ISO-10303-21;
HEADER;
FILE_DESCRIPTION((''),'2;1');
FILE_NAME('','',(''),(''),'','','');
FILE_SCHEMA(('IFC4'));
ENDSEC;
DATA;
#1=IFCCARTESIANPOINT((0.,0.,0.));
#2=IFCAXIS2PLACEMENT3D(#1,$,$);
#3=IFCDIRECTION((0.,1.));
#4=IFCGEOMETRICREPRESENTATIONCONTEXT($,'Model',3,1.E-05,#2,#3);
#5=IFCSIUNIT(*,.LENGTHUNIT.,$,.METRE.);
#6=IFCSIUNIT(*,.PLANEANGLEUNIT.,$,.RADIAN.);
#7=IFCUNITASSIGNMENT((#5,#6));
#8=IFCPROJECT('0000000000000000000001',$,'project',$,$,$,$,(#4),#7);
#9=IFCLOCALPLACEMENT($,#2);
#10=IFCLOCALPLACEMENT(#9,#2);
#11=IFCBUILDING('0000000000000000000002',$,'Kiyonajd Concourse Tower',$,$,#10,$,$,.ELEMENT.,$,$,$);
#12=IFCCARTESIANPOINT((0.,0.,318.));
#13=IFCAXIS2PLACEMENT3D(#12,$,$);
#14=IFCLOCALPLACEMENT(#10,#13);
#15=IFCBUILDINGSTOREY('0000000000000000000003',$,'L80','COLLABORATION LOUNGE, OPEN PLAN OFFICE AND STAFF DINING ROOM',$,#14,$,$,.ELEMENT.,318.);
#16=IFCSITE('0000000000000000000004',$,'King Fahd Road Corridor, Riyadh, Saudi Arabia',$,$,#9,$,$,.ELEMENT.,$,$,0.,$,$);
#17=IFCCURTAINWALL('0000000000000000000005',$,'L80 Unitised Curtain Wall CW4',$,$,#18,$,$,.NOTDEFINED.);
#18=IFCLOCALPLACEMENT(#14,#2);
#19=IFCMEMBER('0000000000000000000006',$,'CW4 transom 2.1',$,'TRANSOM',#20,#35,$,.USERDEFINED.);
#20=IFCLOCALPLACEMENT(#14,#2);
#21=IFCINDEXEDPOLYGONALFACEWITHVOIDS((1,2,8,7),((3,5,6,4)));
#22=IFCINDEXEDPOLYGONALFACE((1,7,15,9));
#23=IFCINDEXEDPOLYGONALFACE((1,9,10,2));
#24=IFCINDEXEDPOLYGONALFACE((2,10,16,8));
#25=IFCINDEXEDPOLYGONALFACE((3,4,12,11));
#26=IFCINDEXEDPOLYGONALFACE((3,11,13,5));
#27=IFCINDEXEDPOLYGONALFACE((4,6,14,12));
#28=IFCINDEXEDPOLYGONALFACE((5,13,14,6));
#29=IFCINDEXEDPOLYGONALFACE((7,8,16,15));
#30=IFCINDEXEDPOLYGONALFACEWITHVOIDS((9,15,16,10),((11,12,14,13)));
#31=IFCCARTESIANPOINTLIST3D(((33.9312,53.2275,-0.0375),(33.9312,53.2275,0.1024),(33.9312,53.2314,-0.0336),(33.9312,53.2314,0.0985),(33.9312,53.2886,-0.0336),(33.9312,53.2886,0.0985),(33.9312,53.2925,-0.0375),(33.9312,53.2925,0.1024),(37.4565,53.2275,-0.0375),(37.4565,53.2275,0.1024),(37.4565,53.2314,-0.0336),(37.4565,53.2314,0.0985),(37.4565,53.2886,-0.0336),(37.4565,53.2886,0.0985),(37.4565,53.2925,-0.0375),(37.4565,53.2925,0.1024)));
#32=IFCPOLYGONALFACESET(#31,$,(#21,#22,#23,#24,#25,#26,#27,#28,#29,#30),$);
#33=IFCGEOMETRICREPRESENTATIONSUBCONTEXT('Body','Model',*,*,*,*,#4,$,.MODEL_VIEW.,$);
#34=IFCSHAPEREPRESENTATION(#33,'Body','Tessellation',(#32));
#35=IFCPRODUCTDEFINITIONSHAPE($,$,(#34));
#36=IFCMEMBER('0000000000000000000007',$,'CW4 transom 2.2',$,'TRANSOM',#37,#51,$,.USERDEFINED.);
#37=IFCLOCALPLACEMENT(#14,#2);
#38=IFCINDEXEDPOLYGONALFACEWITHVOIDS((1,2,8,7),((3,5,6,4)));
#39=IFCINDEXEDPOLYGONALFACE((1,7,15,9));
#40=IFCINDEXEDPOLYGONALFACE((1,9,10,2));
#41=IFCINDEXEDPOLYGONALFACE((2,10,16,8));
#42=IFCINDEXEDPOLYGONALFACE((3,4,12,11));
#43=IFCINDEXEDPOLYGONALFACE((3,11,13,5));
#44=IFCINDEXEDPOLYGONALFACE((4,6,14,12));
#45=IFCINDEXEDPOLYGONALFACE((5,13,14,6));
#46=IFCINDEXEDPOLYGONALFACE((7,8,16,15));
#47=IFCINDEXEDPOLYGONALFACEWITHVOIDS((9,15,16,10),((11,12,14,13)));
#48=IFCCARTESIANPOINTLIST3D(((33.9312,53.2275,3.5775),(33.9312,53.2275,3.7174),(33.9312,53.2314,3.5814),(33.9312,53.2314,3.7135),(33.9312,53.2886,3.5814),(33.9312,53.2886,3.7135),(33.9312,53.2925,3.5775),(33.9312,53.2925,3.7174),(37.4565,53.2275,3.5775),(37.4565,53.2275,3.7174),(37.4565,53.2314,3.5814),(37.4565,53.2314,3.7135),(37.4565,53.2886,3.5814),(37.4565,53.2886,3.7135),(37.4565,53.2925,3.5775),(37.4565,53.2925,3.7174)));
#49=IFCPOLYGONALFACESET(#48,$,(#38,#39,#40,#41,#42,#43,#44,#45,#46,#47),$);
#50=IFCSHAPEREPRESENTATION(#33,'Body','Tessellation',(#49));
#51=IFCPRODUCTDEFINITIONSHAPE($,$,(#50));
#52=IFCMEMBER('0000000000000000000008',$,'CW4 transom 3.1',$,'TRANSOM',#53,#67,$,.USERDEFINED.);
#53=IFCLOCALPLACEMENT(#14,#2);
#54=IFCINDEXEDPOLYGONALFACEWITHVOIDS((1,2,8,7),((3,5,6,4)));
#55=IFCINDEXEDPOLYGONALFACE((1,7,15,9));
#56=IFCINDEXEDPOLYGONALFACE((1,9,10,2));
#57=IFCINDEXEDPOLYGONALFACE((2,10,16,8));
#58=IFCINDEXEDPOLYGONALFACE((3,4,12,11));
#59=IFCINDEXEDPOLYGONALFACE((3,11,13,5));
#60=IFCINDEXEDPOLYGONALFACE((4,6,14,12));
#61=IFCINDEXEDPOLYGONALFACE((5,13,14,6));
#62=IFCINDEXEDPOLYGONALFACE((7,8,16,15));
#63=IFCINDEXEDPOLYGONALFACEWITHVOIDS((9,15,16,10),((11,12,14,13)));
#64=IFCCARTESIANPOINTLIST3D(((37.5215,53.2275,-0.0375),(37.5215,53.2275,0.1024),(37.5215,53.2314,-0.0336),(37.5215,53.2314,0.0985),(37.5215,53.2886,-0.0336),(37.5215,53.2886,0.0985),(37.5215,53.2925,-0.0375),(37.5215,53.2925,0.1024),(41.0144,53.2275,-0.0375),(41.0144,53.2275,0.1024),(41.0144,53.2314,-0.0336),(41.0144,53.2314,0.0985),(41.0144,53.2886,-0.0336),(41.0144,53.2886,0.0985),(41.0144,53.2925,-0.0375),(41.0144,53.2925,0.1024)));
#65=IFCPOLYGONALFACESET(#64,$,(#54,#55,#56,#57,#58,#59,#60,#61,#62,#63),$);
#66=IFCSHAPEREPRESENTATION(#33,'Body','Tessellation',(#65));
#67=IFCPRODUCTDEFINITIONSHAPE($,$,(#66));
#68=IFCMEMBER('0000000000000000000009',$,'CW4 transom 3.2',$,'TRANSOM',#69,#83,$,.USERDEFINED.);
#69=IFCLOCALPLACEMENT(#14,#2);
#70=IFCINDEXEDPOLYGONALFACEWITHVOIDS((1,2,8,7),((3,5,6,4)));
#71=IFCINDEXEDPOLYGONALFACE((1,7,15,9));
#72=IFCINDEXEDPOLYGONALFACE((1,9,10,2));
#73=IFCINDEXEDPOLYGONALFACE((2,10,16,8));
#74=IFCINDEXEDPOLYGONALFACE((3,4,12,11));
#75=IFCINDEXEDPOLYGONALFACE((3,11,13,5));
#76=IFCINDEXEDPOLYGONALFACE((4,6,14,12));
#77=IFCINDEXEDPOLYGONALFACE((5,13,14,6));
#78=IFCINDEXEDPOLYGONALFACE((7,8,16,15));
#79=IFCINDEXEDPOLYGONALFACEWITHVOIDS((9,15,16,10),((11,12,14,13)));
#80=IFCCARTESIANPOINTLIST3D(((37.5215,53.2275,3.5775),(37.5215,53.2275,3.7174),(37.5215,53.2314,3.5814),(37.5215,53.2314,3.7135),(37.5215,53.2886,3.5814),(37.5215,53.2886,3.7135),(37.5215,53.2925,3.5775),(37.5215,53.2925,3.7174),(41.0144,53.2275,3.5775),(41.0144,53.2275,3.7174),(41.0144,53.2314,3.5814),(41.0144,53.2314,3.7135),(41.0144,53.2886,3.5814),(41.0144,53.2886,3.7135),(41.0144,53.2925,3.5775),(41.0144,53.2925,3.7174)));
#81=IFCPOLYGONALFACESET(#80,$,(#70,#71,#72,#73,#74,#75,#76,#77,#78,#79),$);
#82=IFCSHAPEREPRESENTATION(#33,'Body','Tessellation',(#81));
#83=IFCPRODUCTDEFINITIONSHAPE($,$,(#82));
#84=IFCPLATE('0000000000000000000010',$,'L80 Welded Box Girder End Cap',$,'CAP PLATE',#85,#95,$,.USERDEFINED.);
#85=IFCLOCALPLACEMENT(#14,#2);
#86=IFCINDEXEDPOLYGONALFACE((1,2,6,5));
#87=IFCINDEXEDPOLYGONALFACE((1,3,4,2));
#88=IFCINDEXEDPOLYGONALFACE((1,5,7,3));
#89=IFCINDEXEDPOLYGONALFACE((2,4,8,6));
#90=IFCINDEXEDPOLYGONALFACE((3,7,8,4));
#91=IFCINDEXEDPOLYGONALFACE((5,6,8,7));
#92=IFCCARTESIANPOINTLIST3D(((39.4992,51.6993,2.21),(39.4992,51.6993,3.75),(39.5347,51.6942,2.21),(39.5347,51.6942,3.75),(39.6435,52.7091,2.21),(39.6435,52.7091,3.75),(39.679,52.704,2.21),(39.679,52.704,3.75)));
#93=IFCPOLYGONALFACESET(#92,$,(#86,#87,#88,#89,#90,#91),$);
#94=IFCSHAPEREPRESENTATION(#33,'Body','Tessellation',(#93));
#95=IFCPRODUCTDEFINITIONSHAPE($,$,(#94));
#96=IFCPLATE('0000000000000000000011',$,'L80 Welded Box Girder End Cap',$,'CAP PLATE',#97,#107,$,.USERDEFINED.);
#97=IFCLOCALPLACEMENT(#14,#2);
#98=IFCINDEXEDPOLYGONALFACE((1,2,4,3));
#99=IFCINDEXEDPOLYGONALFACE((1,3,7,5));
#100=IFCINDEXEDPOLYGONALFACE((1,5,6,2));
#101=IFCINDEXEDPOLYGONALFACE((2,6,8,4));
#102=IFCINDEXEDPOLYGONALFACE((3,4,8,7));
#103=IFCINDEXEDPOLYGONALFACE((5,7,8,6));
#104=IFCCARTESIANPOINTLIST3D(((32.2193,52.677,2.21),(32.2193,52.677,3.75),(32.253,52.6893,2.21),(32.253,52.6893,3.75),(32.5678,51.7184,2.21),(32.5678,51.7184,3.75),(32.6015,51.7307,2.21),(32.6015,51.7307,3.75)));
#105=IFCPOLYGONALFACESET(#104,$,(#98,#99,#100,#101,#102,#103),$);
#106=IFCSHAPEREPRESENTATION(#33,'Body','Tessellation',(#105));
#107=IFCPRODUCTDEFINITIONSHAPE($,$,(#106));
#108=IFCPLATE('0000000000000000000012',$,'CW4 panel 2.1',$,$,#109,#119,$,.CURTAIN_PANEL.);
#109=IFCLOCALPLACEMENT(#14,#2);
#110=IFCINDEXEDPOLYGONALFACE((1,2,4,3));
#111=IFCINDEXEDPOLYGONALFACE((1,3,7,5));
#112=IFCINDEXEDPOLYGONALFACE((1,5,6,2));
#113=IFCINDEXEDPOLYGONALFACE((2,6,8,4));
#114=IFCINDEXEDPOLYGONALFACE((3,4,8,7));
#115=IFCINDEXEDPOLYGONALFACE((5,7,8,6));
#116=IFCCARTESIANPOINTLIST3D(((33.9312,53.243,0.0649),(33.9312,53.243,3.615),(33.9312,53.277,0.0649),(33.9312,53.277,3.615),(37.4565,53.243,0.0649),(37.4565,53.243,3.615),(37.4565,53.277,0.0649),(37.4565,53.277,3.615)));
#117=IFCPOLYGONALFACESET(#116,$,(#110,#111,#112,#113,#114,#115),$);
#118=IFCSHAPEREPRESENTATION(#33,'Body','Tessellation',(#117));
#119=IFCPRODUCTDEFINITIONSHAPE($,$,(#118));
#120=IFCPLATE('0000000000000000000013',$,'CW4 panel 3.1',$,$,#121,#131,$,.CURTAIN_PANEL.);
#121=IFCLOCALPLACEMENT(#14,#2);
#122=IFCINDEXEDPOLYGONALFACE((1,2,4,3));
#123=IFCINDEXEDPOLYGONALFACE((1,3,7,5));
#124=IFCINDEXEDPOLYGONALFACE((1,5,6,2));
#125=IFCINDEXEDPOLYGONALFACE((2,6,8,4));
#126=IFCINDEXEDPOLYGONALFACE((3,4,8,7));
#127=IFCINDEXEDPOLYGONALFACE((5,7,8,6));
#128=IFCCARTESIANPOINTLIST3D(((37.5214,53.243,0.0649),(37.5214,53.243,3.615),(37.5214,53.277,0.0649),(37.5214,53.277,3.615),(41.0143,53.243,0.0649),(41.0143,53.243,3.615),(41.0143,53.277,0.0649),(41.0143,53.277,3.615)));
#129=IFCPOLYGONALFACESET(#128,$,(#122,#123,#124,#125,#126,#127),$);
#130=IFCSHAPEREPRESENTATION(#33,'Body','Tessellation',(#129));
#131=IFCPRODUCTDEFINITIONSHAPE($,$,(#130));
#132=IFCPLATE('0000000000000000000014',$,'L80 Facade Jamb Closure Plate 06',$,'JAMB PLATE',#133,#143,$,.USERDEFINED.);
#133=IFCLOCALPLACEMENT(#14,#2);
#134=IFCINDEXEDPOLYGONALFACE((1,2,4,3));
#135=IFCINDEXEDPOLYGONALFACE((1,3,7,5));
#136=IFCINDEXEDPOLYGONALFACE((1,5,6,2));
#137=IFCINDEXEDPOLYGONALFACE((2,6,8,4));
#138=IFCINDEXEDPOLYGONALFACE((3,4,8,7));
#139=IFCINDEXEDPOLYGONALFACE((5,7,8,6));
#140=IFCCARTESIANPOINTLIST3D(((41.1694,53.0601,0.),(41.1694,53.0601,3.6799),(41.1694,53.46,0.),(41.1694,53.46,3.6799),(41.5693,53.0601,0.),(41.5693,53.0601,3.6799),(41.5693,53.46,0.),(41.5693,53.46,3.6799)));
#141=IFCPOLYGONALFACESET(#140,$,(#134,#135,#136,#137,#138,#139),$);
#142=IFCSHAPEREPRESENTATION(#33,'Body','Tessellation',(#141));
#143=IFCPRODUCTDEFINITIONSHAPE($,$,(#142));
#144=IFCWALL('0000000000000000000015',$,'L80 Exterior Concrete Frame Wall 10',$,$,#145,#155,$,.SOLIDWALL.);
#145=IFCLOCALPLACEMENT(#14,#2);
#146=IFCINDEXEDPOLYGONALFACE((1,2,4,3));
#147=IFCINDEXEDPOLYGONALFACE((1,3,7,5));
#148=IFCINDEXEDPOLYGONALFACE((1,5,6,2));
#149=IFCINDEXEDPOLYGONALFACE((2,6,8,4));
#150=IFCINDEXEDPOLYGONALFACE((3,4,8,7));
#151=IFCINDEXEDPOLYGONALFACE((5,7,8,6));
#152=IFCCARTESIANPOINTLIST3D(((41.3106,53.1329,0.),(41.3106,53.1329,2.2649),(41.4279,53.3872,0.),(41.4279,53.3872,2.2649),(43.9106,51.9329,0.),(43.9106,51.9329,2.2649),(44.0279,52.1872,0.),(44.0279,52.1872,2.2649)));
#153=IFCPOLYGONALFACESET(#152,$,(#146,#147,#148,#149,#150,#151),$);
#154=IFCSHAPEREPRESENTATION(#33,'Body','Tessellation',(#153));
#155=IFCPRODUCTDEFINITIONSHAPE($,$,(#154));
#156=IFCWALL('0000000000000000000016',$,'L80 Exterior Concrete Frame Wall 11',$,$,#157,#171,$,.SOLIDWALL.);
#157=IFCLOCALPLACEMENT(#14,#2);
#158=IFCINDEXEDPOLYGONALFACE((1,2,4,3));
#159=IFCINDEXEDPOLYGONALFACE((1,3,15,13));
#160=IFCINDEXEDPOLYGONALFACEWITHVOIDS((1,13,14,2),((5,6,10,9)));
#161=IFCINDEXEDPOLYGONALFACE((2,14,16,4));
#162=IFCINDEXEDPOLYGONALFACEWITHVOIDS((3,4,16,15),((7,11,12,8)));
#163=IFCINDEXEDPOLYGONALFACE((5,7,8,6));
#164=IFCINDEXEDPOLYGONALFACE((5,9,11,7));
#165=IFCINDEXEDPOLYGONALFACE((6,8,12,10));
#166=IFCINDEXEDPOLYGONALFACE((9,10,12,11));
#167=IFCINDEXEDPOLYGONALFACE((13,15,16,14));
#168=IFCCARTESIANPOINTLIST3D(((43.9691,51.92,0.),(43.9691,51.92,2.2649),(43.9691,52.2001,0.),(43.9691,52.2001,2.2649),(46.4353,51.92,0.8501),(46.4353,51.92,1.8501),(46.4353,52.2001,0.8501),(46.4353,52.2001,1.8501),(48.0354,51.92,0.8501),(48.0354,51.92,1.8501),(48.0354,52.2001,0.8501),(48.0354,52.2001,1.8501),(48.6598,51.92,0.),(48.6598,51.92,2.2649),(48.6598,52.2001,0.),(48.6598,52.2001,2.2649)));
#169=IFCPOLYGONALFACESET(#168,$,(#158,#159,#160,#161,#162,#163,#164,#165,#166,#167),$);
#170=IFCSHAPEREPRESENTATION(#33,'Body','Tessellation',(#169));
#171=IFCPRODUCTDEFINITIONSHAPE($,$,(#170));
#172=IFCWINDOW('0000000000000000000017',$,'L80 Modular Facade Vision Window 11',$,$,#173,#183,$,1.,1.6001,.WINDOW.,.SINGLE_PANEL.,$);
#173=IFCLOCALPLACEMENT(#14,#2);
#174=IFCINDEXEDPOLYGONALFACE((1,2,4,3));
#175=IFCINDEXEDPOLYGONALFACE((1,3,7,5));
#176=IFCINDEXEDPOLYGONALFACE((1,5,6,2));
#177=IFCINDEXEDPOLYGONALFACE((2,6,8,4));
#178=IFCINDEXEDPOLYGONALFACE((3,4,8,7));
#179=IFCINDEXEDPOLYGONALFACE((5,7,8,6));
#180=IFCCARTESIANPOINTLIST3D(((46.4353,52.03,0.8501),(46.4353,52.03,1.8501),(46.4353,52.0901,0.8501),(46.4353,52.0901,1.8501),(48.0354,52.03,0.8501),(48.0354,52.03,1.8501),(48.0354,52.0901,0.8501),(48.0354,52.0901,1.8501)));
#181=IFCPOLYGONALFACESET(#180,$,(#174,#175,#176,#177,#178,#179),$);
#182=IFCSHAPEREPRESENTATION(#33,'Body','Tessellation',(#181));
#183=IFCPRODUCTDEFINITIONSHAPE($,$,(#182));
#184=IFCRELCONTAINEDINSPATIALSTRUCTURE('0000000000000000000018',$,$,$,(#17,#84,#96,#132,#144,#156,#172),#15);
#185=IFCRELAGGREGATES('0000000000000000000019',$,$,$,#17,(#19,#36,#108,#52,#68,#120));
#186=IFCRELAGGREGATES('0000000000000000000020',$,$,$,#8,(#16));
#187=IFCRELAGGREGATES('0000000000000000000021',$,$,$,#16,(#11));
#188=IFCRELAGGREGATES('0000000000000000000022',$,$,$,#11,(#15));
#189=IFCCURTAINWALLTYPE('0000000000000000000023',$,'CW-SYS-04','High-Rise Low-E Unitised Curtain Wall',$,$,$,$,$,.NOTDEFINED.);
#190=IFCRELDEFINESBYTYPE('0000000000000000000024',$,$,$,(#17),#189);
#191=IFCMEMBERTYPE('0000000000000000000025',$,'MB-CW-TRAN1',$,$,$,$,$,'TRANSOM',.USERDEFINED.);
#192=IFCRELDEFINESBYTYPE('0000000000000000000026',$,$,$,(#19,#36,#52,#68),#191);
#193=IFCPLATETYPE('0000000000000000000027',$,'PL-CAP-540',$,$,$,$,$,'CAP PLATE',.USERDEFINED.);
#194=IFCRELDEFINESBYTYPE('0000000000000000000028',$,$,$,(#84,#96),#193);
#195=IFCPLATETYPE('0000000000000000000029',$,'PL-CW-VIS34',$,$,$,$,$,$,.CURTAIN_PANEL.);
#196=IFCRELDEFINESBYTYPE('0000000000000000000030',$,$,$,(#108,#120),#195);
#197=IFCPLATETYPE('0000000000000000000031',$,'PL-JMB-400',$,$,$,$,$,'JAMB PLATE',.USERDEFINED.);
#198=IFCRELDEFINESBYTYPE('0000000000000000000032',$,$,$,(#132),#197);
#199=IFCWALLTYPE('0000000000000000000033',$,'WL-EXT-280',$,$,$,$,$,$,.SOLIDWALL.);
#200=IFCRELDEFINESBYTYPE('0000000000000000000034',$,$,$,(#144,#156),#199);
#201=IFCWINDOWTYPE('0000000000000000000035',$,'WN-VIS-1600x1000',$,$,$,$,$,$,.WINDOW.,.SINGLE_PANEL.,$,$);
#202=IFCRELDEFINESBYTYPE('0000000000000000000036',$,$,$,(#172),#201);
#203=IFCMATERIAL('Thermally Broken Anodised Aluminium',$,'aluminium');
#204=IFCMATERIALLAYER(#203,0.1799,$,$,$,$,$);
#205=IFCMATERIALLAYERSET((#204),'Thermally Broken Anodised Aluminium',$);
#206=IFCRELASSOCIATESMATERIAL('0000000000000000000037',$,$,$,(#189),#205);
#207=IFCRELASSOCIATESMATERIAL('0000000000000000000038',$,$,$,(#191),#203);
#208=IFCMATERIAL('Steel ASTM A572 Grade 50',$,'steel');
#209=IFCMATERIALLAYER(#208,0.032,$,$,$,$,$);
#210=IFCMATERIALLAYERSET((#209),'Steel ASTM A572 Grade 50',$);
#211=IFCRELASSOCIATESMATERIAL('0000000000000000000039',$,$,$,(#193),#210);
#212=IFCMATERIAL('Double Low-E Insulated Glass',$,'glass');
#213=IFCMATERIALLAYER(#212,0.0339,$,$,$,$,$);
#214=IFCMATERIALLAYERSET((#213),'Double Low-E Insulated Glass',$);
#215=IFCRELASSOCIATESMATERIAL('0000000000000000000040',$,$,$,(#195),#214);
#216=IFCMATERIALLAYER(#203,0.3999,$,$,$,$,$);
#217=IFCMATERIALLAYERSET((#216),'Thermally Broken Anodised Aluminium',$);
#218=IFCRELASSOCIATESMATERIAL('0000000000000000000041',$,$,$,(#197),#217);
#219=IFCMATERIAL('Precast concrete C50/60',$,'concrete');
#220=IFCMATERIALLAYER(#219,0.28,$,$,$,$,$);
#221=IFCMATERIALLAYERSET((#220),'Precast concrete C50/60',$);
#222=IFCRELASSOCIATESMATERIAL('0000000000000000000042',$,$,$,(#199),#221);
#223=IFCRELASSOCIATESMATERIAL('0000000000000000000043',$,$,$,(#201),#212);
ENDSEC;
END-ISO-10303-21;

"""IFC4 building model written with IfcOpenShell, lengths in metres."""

from ifc_helpers import new_model, si_unit, direction, frame, frame_2d, origin, origin_2d, place, context, subcontext, project, spatial, rectangle, hollow_rectangle, extrude, material, layer, layer_set, material_profile, profile_set, type_object, element, fill, aggregate, save


model = new_model("IFC4")

# Units and contexts
model_context = context("Model", 3, precision=1e-05, world=origin(), true_north=direction((0.0, 1.0)))
body_context = subcontext(model_context, "Body", "Model", "MODEL_VIEW")
ifc_project = project(units=[si_unit("LENGTHUNIT", "METRE"), si_unit("PLANEANGLEUNIT", "RADIAN")], contexts=[model_context])

# Site, building, storey
site_placement = place(None, origin())
site = spatial("IfcSite", under=ifc_project, at=site_placement, Name="King Fahd Road Corridor, Riyadh, Saudi Arabia", CompositionType="ELEMENT", RefElevation=0.0)
building_placement = place(site_placement, origin())
building = spatial("IfcBuilding", under=site, at=building_placement, Name="Kiyonajd Concourse Tower", CompositionType="ELEMENT")
storey_placement = place(building_placement, frame((0.0, 0.0, 318.0)))
storey = spatial("IfcBuildingStorey", under=building, at=storey_placement, Name="L80", Description="COLLABORATION LOUNGE, OPEN PLAN OFFICE AND STAFF DINING ROOM", CompositionType="ELEMENT", Elevation=318.0)

# Shared definitions
ifc_material_1 = material(Name="Steel ASTM A572 Grade 50", Category="steel")

# Curtain wall, members
ifc_material_2 = material(Name="Thermally Broken Anodised Aluminium", Category="aluminium")
ifc_layer_1 = layer(ifc_material_2, 0.1799)
ifc_layer_set_1 = layer_set([ifc_layer_1], Name="Thermally Broken Anodised Aluminium")
curtain_wall_type = type_object("IfcCurtainWallType", Name="CW-SYS-04", Description="High-Rise Low-E Unitised Curtain Wall", PredefinedType="NOTDEFINED", material=ifc_layer_set_1)
curtain_wall_placement = place(storey_placement, origin())
curtain_wall = element("IfcCurtainWall", 1, at=curtain_wall_placement, inside=storey, type_object=curtain_wall_type, Name="L80 Unitised Curtain Wall CW4", PredefinedType="NOTDEFINED")
ifc_material_profile_1 = material_profile(ifc_material_2, hollow_rectangle(XDim=0.0649, YDim=0.1399, WallThickness=0.0039, at=origin_2d()), Name="TRAN-65x140")
ifc_profile_set_1 = profile_set([ifc_material_profile_1], Name="Thermally Broken Anodised Aluminium")
member_type_1 = type_object("IfcMemberType", Name="MB-CW-TRAN1", ElementType="TRANSOM", PredefinedType="USERDEFINED", material=ifc_profile_set_1)
member_1_placement = place(storey_placement, frame((33.9312, 53.26, 0.0325), z_axis=(1.0, 0.0, 0.0), x_axis=(0.0, 1.0, 0.0)))
member_1 = element("IfcMember", 2, at=member_1_placement, type_object=member_type_1, Name="CW4 transom 2.1", ObjectType="TRANSOM", PredefinedType="USERDEFINED", context=body_context, shape_type="SweptSolid", body=[
    extrude(hollow_rectangle(XDim=0.0649, YDim=0.1399, WallThickness=0.0039, at=origin_2d()), origin(), (0.0, 0.0, 1.0), 3.5254),
])
member_2_placement = place(storey_placement, frame((33.9312, 53.26, 3.6475), z_axis=(1.0, 0.0, 0.0), x_axis=(0.0, 1.0, 0.0)))
member_2 = element("IfcMember", 3, at=member_2_placement, type_object=member_type_1, Name="CW4 transom 2.2", ObjectType="TRANSOM", PredefinedType="USERDEFINED", context=body_context, shape_type="SweptSolid", body=[
    extrude(hollow_rectangle(XDim=0.0649, YDim=0.1399, WallThickness=0.0039, at=origin_2d()), origin(), (0.0, 0.0, 1.0), 3.5254),
])
member_3_placement = place(storey_placement, frame((37.5215, 53.26, 0.0325), z_axis=(1.0, 0.0, 0.0), x_axis=(0.0, 1.0, 0.0)))
member_3 = element("IfcMember", 4, at=member_3_placement, type_object=member_type_1, Name="CW4 transom 3.1", ObjectType="TRANSOM", PredefinedType="USERDEFINED", context=body_context, shape_type="SweptSolid", body=[
    extrude(hollow_rectangle(XDim=0.0649, YDim=0.1399, WallThickness=0.0039, at=origin_2d()), origin(), (0.0, 0.0, 1.0), 3.4929),
])
member_4_placement = place(storey_placement, frame((37.5215, 53.26, 3.6475), z_axis=(1.0, 0.0, 0.0), x_axis=(0.0, 1.0, 0.0)))
member_4 = element("IfcMember", 5, at=member_4_placement, type_object=member_type_1, Name="CW4 transom 3.2", ObjectType="TRANSOM", PredefinedType="USERDEFINED", context=body_context, shape_type="SweptSolid", body=[
    extrude(hollow_rectangle(XDim=0.0649, YDim=0.1399, WallThickness=0.0039, at=origin_2d()), origin(), (0.0, 0.0, 1.0), 3.4929),
])

# Plates
ifc_layer_2 = layer(ifc_material_1, 0.032)
ifc_layer_set_2 = layer_set([ifc_layer_2], Name="Steel ASTM A572 Grade 50")
plate_type_1 = type_object("IfcPlateType", Name="PL-CAP-540", ElementType="CAP PLATE", PredefinedType="USERDEFINED", material=ifc_layer_set_2)
for number, where, z_axis, x_axis, name in (
    (6, (39.5891, 52.2017, 2.21), (0.0, 0.0, 1.0), (-0.98995, 0.14142, 0.0), "L80 Welded Box Girder End Cap"),
    (7, (32.4104, 52.2039, 2.21), (0.0, 0.0, 1.0), (0.939812, 0.341692, 0.0), "L80 Welded Box Girder End Cap"),
):
    element("IfcPlate", number, at=place(storey_placement, frame(where, z_axis=z_axis, x_axis=x_axis)), inside=storey, type_object=plate_type_1, Name=name, ObjectType="CAP PLATE", PredefinedType="USERDEFINED", context=body_context, shape_type="SweptSolid", body=[
        extrude(rectangle(XDim=0.0359, YDim=1.02, at=origin_2d()), origin(), (0.0, 0.0, 1.0), 1.54),
    ])

# Plates
ifc_material_3 = material(Name="Double Low-E Insulated Glass", Category="glass")
ifc_layer_3 = layer(ifc_material_3, 0.0339)
ifc_layer_set_3 = layer_set([ifc_layer_3], Name="Double Low-E Insulated Glass")
plate_type_2 = type_object("IfcPlateType", Name="PL-CW-VIS34", PredefinedType="CURTAIN_PANEL", material=ifc_layer_set_3)
plate_1_placement = place(storey_placement, frame((35.6938, 53.26, 0.0649), z_axis=(0.0, 0.0, 1.0), x_axis=(1.0, 0.0, 0.0)))
plate_1 = element("IfcPlate", 8, at=plate_1_placement, type_object=plate_type_2, Name="CW4 panel 2.1", PredefinedType="CURTAIN_PANEL", context=body_context, shape_type="SweptSolid", body=[
    extrude(rectangle(XDim=3.5254, YDim=0.0339, at=origin_2d()), origin(), (0.0, 0.0, 1.0), 3.55),
])
plate_2_placement = place(storey_placement, frame((39.2678, 53.26, 0.0649), z_axis=(0.0, 0.0, 1.0), x_axis=(1.0, 0.0, 0.0)))
plate_2 = element("IfcPlate", 9, at=plate_2_placement, type_object=plate_type_2, Name="CW4 panel 3.1", PredefinedType="CURTAIN_PANEL", context=body_context, shape_type="SweptSolid", body=[
    extrude(rectangle(XDim=3.4929, YDim=0.0339, at=origin_2d()), origin(), (0.0, 0.0, 1.0), 3.55),
])
aggregate(curtain_wall, [member_1, member_2, plate_1, member_3, member_4, plate_2])
ifc_layer_4 = layer(ifc_material_2, 0.3999)
ifc_layer_set_4 = layer_set([ifc_layer_4], Name="Thermally Broken Anodised Aluminium")
plate_type_3 = type_object("IfcPlateType", Name="PL-JMB-400", ElementType="JAMB PLATE", PredefinedType="USERDEFINED", material=ifc_layer_set_4)
plate_3_placement = place(storey_placement, frame((41.3694, 53.26, 0.0), z_axis=(0.0, 0.0, 1.0), x_axis=(1.0, 0.0, 0.0)))
element("IfcPlate", 10, at=plate_3_placement, inside=storey, type_object=plate_type_3, Name="L80 Facade Jamb Closure Plate 06", ObjectType="JAMB PLATE", PredefinedType="USERDEFINED", context=body_context, shape_type="SweptSolid", body=[
    extrude(rectangle(XDim=0.3999, YDim=0.3999, at=origin_2d()), origin(), (0.0, 0.0, 1.0), 3.6799),
])

# Wall
ifc_material_4 = material(Name="Precast concrete C50/60", Category="concrete")
ifc_layer_5 = layer(ifc_material_4, 0.28)
ifc_layer_set_5 = layer_set([ifc_layer_5], Name="Precast concrete C50/60")
wall_type_1 = type_object("IfcWallType", Name="WL-EXT-280", PredefinedType="SOLIDWALL", material=ifc_layer_set_5)
wall_1_placement = place(storey_placement, frame((41.3694, 53.26, 0.0), z_axis=(0.0, 0.0, 1.0), x_axis=(0.907957, -0.419064, 0.0)))
element("IfcWall", 11, at=wall_1_placement, inside=storey, type_object=wall_type_1, Name="L80 Exterior Concrete Frame Wall 10", PredefinedType="SOLIDWALL", context=body_context, shape_type="SweptSolid", body=[
    extrude(rectangle(XDim=2.8635, YDim=0.28, at=frame_2d((1.4316, 0.0))), origin(), (0.0, 0.0, 1.0), 2.2649),
])

# Wall, opening, window
wall_2_placement = place(storey_placement, frame((43.9692, 52.0601, 0.0), z_axis=(0.0, 0.0, 1.0), x_axis=(1.0, 0.0, 0.0)))
wall_2 = element("IfcWall", 12, at=wall_2_placement, inside=storey, type_object=wall_type_1, Name="L80 Exterior Concrete Frame Wall 11", PredefinedType="SOLIDWALL", context=body_context, shape_type="SweptSolid", body=[
    extrude(rectangle(XDim=4.6907, YDim=0.28, at=frame_2d((2.3452, 0.0))), origin(), (0.0, 0.0, 1.0), 2.2649),
])
opening_placement = place(wall_2_placement, frame((2.4661, 0.0, 0.8501)))
opening = element("IfcOpeningElement", 13, at=opening_placement, cuts=wall_2, PredefinedType="OPENING", context=body_context, shape_type="SweptSolid", body=[
    extrude(rectangle(XDim=1.6001, YDim=1.0, at=frame_2d((0.8, 0.5))), frame((0.0, 0.1499, 0.0), z_axis=(0.0, -1.0, 0.0), x_axis=(1.0, 0.0, 0.0)), (0.0, 0.0, 1.0), 0.3),
])
window_type = type_object("IfcWindowType", Name="WN-VIS-1600x1000", PartitioningType="SINGLE_PANEL", PredefinedType="WINDOW", material=ifc_material_3)
window_placement = place(opening_placement, origin())
window = element("IfcWindow", 14, at=window_placement, inside=storey, type_object=window_type, Name="L80 Modular Facade Vision Window 11", OverallHeight=1.0, OverallWidth=1.6001, PartitioningType="SINGLE_PANEL", PredefinedType="WINDOW", context=body_context, shape_type="SweptSolid", body=[
    extrude(rectangle(XDim=1.6001, YDim=1.0, at=frame_2d((0.8, 0.5))), frame((0.0, 0.03, 0.0), z_axis=(0.0, -1.0, 0.0), x_axis=(1.0, 0.0, 0.0)), (0.0, 0.0, 1.0), 0.0601),
])
fill(opening, window)

save(model, "model.ifc")
